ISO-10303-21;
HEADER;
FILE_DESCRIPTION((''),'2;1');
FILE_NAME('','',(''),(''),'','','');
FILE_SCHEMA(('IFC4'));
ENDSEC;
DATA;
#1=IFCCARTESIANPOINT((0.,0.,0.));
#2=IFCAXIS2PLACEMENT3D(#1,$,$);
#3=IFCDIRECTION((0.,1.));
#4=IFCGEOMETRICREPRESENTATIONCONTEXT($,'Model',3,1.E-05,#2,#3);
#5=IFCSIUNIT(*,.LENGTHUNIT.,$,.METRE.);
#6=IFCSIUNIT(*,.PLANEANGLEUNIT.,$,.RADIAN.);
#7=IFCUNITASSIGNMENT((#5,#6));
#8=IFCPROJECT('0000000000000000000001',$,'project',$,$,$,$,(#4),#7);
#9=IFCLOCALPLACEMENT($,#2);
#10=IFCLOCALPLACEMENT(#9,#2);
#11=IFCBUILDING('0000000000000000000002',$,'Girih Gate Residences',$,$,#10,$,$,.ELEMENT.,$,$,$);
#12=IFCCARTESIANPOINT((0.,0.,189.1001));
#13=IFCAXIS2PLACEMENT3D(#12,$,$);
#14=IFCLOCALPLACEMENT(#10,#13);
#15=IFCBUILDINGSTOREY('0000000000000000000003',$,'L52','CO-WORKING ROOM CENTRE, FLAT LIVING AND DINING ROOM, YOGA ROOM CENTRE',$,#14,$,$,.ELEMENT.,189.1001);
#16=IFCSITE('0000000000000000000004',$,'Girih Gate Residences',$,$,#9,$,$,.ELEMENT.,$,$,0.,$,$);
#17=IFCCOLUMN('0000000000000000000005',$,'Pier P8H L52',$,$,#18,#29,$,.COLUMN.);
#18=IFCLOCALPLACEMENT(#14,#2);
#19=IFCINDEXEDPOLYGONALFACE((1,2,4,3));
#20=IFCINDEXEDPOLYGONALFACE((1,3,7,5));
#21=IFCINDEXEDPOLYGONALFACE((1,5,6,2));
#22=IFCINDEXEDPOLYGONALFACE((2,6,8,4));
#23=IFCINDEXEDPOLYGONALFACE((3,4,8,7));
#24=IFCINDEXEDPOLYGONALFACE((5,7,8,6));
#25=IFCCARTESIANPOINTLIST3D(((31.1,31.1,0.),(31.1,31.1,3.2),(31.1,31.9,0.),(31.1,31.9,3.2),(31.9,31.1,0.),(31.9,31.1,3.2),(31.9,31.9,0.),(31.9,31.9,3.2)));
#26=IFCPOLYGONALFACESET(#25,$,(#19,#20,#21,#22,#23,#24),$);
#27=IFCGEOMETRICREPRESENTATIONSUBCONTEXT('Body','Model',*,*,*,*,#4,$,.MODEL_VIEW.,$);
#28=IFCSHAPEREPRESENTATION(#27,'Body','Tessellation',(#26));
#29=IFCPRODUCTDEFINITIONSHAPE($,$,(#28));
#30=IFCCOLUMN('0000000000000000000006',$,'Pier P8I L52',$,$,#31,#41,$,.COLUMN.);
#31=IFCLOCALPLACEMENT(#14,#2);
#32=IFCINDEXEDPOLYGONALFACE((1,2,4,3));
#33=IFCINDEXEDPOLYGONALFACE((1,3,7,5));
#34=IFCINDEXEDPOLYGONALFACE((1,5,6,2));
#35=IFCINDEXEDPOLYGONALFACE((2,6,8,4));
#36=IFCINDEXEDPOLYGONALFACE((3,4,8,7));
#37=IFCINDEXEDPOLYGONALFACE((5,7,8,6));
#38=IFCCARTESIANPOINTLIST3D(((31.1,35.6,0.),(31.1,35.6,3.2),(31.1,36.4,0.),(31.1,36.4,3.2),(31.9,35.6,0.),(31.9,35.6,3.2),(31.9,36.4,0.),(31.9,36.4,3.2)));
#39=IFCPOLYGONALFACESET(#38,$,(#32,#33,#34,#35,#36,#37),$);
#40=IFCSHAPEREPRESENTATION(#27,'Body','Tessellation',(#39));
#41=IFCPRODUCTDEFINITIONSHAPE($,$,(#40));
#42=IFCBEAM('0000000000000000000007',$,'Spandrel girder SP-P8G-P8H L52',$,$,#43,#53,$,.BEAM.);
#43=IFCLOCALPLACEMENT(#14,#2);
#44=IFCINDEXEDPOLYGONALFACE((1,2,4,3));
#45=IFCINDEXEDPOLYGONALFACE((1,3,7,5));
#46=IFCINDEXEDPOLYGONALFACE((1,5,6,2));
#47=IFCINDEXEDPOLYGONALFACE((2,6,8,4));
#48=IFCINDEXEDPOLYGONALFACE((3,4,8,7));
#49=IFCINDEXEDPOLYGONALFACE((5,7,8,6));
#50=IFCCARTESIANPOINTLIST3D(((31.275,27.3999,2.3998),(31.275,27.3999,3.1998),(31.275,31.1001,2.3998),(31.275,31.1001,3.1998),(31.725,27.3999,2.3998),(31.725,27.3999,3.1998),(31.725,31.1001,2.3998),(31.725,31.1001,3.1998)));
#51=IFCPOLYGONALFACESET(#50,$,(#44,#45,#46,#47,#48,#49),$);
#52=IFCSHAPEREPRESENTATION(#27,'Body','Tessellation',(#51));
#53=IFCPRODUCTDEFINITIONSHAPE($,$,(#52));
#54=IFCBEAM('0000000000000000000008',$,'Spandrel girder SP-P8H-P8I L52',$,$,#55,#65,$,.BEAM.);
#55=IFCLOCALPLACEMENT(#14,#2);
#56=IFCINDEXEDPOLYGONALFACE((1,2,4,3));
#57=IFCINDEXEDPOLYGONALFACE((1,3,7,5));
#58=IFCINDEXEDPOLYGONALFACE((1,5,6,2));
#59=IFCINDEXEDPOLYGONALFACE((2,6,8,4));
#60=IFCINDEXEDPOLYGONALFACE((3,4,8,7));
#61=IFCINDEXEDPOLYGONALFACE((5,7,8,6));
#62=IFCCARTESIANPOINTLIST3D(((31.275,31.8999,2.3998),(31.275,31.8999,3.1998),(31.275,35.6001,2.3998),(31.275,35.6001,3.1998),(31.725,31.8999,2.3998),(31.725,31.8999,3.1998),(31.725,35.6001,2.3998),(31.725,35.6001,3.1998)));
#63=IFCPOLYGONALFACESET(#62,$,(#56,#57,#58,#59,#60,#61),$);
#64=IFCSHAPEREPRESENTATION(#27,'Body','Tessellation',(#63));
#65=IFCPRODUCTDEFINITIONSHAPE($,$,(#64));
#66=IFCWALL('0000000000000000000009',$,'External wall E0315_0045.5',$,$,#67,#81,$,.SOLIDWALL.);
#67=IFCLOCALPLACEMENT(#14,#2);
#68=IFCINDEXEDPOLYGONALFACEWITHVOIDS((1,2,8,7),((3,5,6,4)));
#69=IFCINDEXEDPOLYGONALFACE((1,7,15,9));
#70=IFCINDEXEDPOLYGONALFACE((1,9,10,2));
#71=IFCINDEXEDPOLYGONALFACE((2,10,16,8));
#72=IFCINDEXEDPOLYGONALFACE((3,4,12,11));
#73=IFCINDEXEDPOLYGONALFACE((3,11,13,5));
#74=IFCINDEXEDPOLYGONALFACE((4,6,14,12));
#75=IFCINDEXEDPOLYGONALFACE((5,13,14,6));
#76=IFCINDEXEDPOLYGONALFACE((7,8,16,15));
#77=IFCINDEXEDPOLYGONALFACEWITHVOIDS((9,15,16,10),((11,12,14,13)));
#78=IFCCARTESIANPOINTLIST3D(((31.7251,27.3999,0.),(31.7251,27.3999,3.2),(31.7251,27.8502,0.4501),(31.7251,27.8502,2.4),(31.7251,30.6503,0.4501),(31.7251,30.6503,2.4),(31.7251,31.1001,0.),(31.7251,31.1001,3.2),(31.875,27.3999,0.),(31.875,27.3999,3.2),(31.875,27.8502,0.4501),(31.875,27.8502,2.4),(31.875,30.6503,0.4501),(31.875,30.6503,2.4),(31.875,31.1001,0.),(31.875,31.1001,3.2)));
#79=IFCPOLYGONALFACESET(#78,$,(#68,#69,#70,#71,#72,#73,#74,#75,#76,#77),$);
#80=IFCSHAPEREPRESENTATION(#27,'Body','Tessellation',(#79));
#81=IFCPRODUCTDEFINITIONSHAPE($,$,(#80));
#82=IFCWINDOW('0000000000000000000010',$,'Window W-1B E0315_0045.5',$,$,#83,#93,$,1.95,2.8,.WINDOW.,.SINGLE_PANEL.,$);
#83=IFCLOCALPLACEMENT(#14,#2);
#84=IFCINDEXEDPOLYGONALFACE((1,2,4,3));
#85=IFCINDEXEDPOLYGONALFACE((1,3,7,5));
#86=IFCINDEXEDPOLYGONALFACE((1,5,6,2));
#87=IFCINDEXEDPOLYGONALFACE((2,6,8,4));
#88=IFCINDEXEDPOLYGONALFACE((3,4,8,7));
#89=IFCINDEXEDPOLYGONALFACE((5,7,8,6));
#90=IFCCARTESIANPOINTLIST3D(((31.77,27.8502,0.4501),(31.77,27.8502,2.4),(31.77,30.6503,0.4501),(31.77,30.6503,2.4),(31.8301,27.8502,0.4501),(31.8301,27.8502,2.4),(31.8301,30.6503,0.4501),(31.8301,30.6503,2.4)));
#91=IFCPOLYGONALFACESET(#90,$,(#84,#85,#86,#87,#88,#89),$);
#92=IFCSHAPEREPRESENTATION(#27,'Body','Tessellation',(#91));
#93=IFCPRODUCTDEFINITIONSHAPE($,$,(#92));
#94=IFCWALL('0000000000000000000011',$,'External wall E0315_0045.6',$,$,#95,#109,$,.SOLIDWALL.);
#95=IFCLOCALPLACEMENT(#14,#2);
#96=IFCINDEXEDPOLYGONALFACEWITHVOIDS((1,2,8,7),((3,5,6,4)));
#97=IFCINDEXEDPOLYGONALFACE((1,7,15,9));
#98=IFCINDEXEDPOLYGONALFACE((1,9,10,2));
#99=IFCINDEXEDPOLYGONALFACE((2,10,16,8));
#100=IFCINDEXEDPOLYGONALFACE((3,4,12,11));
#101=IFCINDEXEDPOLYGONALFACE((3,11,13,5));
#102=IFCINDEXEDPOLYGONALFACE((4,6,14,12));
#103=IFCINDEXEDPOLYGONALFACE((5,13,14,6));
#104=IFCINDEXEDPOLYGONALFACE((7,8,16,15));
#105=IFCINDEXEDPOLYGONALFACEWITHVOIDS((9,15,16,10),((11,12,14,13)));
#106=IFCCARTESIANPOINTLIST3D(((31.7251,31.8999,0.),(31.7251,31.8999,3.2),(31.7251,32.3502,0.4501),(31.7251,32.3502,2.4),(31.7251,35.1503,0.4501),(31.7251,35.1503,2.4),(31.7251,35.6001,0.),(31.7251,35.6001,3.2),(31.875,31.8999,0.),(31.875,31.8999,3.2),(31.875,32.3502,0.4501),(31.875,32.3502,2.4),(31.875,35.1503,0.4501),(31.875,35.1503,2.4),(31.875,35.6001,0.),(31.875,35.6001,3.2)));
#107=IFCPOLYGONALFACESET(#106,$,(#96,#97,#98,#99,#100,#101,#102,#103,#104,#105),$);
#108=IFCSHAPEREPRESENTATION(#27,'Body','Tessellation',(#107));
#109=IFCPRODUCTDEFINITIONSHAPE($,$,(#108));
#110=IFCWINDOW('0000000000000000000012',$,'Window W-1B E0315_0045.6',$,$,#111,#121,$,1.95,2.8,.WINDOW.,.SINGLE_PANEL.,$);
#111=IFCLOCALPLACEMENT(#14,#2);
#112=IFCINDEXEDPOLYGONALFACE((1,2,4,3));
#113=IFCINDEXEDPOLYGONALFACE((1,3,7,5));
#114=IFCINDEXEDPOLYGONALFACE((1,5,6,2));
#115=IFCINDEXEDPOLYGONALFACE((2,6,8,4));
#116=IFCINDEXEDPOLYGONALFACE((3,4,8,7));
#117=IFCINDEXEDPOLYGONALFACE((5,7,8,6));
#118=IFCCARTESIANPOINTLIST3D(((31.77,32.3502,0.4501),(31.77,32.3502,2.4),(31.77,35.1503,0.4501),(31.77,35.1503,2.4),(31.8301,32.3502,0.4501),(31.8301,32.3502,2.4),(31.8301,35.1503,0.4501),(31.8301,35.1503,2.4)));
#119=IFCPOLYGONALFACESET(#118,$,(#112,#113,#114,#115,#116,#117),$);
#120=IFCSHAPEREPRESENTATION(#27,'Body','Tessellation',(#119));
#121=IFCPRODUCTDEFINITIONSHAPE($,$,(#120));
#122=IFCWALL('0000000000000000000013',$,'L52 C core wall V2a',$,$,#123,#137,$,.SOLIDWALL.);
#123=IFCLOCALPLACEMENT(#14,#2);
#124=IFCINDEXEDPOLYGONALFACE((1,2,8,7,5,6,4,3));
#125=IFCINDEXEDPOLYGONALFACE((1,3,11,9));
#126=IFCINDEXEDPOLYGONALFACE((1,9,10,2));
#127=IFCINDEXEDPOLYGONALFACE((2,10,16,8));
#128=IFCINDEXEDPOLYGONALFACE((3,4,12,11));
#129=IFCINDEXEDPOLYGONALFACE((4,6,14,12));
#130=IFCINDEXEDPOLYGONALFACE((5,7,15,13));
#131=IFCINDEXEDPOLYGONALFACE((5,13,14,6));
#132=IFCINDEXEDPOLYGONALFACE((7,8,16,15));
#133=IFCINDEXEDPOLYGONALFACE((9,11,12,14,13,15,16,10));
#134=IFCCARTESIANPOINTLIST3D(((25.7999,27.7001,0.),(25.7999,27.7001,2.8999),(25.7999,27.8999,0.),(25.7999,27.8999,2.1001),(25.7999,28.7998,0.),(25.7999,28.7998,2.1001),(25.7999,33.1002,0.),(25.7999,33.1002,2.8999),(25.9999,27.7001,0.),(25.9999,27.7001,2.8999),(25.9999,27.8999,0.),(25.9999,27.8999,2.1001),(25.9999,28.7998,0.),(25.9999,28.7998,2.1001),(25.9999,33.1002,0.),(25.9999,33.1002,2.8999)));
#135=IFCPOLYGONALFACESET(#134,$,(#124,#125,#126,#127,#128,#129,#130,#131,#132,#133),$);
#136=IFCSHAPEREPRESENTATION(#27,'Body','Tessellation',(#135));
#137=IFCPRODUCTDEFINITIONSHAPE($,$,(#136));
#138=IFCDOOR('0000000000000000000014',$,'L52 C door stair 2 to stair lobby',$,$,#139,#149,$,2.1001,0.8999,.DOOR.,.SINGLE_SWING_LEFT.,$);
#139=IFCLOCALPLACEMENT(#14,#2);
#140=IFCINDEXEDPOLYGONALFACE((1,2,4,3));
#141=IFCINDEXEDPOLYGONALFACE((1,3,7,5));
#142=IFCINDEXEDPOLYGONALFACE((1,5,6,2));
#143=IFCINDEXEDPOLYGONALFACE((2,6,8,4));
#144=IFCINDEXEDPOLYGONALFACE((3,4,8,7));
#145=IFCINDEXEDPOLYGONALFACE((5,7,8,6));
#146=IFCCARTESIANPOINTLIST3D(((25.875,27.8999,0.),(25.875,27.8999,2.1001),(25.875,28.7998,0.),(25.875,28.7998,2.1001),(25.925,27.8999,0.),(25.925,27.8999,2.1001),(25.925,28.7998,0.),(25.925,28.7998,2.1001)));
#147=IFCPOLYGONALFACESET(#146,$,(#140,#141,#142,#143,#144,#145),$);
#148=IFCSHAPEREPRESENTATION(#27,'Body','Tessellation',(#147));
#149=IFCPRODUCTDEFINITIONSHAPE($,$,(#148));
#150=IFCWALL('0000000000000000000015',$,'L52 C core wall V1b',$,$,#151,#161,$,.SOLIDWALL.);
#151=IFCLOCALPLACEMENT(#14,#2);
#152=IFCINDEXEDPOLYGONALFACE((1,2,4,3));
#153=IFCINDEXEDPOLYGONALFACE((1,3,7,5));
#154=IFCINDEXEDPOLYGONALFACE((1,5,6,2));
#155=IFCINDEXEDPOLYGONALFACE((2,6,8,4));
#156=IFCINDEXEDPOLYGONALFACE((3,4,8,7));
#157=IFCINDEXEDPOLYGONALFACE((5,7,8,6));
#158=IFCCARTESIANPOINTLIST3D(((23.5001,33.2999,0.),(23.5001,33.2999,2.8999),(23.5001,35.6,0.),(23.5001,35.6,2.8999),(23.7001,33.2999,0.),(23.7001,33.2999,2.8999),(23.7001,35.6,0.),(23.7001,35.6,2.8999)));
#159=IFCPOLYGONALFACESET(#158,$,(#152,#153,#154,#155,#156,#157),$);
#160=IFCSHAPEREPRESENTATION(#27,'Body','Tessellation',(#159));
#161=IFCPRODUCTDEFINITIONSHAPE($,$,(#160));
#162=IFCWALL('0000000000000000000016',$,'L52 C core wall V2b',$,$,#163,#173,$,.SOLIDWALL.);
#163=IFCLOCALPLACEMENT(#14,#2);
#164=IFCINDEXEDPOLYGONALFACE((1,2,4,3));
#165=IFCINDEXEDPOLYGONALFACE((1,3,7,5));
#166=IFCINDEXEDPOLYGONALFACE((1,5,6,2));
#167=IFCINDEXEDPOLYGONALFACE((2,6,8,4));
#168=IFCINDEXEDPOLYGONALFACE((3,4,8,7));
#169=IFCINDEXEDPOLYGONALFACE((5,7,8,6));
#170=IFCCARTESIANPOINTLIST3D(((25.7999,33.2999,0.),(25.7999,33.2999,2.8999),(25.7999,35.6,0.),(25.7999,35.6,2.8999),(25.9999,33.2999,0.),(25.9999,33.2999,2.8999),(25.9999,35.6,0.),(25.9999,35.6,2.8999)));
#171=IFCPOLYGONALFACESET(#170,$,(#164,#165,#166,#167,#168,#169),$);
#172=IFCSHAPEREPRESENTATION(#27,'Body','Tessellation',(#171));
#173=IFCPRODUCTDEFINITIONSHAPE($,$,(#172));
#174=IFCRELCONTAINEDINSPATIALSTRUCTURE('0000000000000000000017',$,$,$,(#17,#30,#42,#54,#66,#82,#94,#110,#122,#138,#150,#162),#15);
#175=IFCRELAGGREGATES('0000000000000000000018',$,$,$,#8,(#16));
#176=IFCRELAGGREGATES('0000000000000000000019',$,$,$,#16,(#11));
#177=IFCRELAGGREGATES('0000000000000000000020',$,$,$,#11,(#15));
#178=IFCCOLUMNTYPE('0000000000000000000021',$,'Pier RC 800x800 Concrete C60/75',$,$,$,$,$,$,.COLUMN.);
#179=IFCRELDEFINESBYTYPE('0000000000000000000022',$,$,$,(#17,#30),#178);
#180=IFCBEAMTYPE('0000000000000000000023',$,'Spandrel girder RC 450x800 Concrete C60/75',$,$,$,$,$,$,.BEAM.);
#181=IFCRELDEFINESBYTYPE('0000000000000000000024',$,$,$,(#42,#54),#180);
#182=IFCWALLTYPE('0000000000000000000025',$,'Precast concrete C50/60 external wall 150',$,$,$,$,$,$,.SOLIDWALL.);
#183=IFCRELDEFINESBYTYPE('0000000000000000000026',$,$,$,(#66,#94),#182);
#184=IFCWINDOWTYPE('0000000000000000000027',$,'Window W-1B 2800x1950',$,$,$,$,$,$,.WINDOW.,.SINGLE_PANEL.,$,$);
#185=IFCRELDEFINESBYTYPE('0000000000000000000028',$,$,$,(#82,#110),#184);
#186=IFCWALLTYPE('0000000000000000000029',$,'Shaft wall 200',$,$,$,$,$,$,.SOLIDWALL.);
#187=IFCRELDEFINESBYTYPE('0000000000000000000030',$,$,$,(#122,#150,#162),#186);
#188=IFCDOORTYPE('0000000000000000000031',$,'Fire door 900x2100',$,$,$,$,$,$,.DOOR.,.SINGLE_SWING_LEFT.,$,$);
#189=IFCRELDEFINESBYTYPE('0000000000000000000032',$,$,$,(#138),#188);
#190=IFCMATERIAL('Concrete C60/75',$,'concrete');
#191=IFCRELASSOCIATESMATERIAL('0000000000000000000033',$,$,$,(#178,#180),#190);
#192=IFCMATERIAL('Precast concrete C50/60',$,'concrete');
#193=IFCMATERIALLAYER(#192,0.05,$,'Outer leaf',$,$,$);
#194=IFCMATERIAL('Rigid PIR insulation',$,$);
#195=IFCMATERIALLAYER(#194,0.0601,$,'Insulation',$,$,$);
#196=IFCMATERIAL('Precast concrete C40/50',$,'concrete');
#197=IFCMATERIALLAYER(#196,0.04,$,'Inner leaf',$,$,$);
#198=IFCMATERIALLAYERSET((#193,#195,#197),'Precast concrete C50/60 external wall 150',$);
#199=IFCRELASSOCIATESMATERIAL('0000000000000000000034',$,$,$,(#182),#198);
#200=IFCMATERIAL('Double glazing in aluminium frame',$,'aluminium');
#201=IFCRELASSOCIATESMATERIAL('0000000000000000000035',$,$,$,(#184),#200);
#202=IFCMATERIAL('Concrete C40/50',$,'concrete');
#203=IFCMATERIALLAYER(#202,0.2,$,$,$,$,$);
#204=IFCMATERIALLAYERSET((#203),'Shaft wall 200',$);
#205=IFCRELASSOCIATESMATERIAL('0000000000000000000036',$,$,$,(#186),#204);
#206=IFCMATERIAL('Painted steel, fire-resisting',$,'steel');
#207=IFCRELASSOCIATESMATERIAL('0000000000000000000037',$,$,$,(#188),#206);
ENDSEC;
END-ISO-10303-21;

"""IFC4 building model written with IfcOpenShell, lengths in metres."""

from ifc_helpers import new_model, si_unit, direction, frame, frame_2d, origin, origin_2d, place, context, subcontext, project, spatial, rectangle, extrude, material, layer, layer_set, material_profile, profile_set, type_object, element, fill, save


model = new_model("IFC4")

# Units and contexts
model_context = context("Model", 3, precision=1e-05, world=origin(), true_north=direction((0.0, 1.0)))
body_context = subcontext(model_context, "Body", "Model", "MODEL_VIEW")
ifc_project = project(units=[si_unit("LENGTHUNIT", "METRE"), si_unit("PLANEANGLEUNIT", "RADIAN")], contexts=[model_context])

# Site, building, storey
site_placement = place(None, origin())
site = spatial("IfcSite", under=ifc_project, at=site_placement, Name="Girih Gate Residences", CompositionType="ELEMENT", RefElevation=0.0)
building_placement = place(site_placement, origin())
building = spatial("IfcBuilding", under=site, at=building_placement, Name="Girih Gate Residences", CompositionType="ELEMENT")
storey_placement = place(building_placement, frame((0.0, 0.0, 189.1001)))
storey = spatial("IfcBuildingStorey", under=building, at=storey_placement, Name="L52", Description="CO-WORKING ROOM CENTRE, FLAT LIVING AND DINING ROOM, YOGA ROOM CENTRE", CompositionType="ELEMENT", Elevation=189.1001)

# Columns
ifc_material_1 = material(Name="Concrete C60/75", Category="concrete")
ifc_material_profile_1 = material_profile(ifc_material_1, rectangle(XDim=0.8, YDim=0.8, at=origin_2d()))
ifc_profile_set_1 = profile_set([ifc_material_profile_1], Name="Concrete C60/75")
column_type = type_object("IfcColumnType", Name="Pier RC 800x800 Concrete C60/75", PredefinedType="COLUMN", material=ifc_profile_set_1)
for number, where, z_axis, x_axis, name in (
    (1, (31.5, 31.5, 0.0), (0.0, 0.0, 1.0), (1.0, 0.0, 0.0), "Pier P8H L52"),
    (2, (31.5, 36.0, 0.0), (0.0, 0.0, 1.0), (1.0, 0.0, 0.0), "Pier P8I L52"),
):
    element("IfcColumn", number, at=place(storey_placement, frame(where, z_axis=z_axis, x_axis=x_axis)), inside=storey, type_object=column_type, Name=name, PredefinedType="COLUMN", context=body_context, shape_type="SweptSolid", body=[
        extrude(rectangle(XDim=0.8, YDim=0.8, at=origin_2d()), origin(), (0.0, 0.0, 1.0), 3.2),
    ])

# Beams
ifc_material_profile_2 = material_profile(ifc_material_1, rectangle(XDim=0.45, YDim=0.8, at=origin_2d()))
ifc_profile_set_2 = profile_set([ifc_material_profile_2], Name="Concrete C60/75")
beam_type = type_object("IfcBeamType", Name="Spandrel girder RC 450x800 Concrete C60/75", PredefinedType="BEAM", material=ifc_profile_set_2)
for number, where, z_axis, x_axis, name in (
    (3, (31.5, 27.3999, 2.7998), (0.0, 1.0, 0.0), (-1.0, 0.0, 0.0), "Spandrel girder SP-P8G-P8H L52"),
    (4, (31.5, 31.8999, 2.7998), (0.0, 1.0, 0.0), (-1.0, 0.0, 0.0), "Spandrel girder SP-P8H-P8I L52"),
):
    element("IfcBeam", number, at=place(storey_placement, frame(where, z_axis=z_axis, x_axis=x_axis)), inside=storey, type_object=beam_type, Name=name, PredefinedType="BEAM", context=body_context, shape_type="SweptSolid", body=[
        extrude(rectangle(XDim=0.45, YDim=0.8, at=origin_2d()), origin(), (0.0, 0.0, 1.0), 3.7002),
    ])

# Walls, openings, windows
ifc_material_2 = material(Name="Precast concrete C50/60", Category="concrete")
ifc_layer_1 = layer(ifc_material_2, 0.05, Name="Outer leaf")
ifc_material_3 = material(Name="Rigid PIR insulation")
ifc_layer_2 = layer(ifc_material_3, 0.0601, Name="Insulation")
ifc_material_4 = material(Name="Precast concrete C40/50", Category="concrete")
ifc_layer_3 = layer(ifc_material_4, 0.04, Name="Inner leaf")
ifc_layer_set_1 = layer_set([ifc_layer_1, ifc_layer_2, ifc_layer_3], Name="Precast concrete C50/60 external wall 150")
wall_type_1 = type_object("IfcWallType", Name="Precast concrete C50/60 external wall 150", PredefinedType="SOLIDWALL", material=ifc_layer_set_1)
wall_1_placement = place(storey_placement, frame((31.8, 31.1001, 0.0), z_axis=(0.0, 0.0, 1.0), x_axis=(0.0, -1.0, 0.0)))
wall_1 = element("IfcWall", 5, at=wall_1_placement, inside=storey, type_object=wall_type_1, Name="External wall E0315_0045.5", PredefinedType="SOLIDWALL", context=body_context, shape_type="SweptSolid", body=[
    extrude(rectangle(XDim=3.7002, YDim=0.1499, at=frame_2d((1.8501, 0.0))), origin(), (0.0, 0.0, 1.0), 3.2),
])
opening_1_placement = place(wall_1_placement, frame((0.45, 0.0, 0.45)))
opening_1 = element("IfcOpeningElement", 6, at=opening_1_placement, cuts=wall_1, PredefinedType="OPENING", context=body_context, shape_type="SweptSolid", body=[
    extrude(rectangle(XDim=2.8, YDim=1.95, at=frame_2d((1.3999, 0.9751))), frame((0.0, 0.085, 0.0), z_axis=(0.0, -1.0, 0.0), x_axis=(1.0, 0.0, 0.0)), (0.0, 0.0, 1.0), 0.1699),
])
ifc_material_5 = material(Name="Double glazing in aluminium frame", Category="aluminium")
window_type = type_object("IfcWindowType", Name="Window W-1B 2800x1950", PartitioningType="SINGLE_PANEL", PredefinedType="WINDOW", material=ifc_material_5)
window_1_placement = place(opening_1_placement, origin())
window_1 = element("IfcWindow", 7, at=window_1_placement, inside=storey, type_object=window_type, Name="Window W-1B E0315_0045.5", OverallHeight=1.95, OverallWidth=2.8, PartitioningType="SINGLE_PANEL", PredefinedType="WINDOW", context=body_context, shape_type="SweptSolid", body=[
    extrude(rectangle(XDim=2.8, YDim=1.95, at=frame_2d((1.3999, 0.9751))), frame((0.0, 0.03, 0.0), z_axis=(0.0, -1.0, 0.0), x_axis=(1.0, 0.0, 0.0)), (0.0, 0.0, 1.0), 0.0601),
])
fill(opening_1, window_1)
wall_2_placement = place(storey_placement, frame((31.8, 35.6001, 0.0), z_axis=(0.0, 0.0, 1.0), x_axis=(0.0, -1.0, 0.0)))
wall_2 = element("IfcWall", 8, at=wall_2_placement, inside=storey, type_object=wall_type_1, Name="External wall E0315_0045.6", PredefinedType="SOLIDWALL", context=body_context, shape_type="SweptSolid", body=[
    extrude(rectangle(XDim=3.7002, YDim=0.1499, at=frame_2d((1.8501, 0.0))), origin(), (0.0, 0.0, 1.0), 3.2),
])
opening_2_placement = place(wall_2_placement, frame((0.45, 0.0, 0.45)))
opening_2 = element("IfcOpeningElement", 9, at=opening_2_placement, cuts=wall_2, PredefinedType="OPENING", context=body_context, shape_type="SweptSolid", body=[
    extrude(rectangle(XDim=2.8, YDim=1.95, at=frame_2d((1.3999, 0.9751))), frame((0.0, 0.085, 0.0), z_axis=(0.0, -1.0, 0.0), x_axis=(1.0, 0.0, 0.0)), (0.0, 0.0, 1.0), 0.1699),
])
window_2_placement = place(opening_2_placement, origin())
window_2 = element("IfcWindow", 10, at=window_2_placement, inside=storey, type_object=window_type, Name="Window W-1B E0315_0045.6", OverallHeight=1.95, OverallWidth=2.8, PartitioningType="SINGLE_PANEL", PredefinedType="WINDOW", context=body_context, shape_type="SweptSolid", body=[
    extrude(rectangle(XDim=2.8, YDim=1.95, at=frame_2d((1.3999, 0.9751))), frame((0.0, 0.03, 0.0), z_axis=(0.0, -1.0, 0.0), x_axis=(1.0, 0.0, 0.0)), (0.0, 0.0, 1.0), 0.0601),
])
fill(opening_2, window_2)

# Wall, opening, door
ifc_material_6 = material(Name="Concrete C40/50", Category="concrete")
ifc_layer_4 = layer(ifc_material_6, 0.2)
ifc_layer_set_2 = layer_set([ifc_layer_4], Name="Shaft wall 200")
wall_type_2 = type_object("IfcWallType", Name="Shaft wall 200", PredefinedType="SOLIDWALL", material=ifc_layer_set_2)
wall_3_placement = place(storey_placement, frame((25.8999, 27.7, 0.0), z_axis=(0.0, 0.0, 1.0), x_axis=(0.0, 1.0, 0.0)))
wall_3 = element("IfcWall", 11, at=wall_3_placement, inside=storey, type_object=wall_type_2, Name="L52 C core wall V2a", PredefinedType="SOLIDWALL", context=body_context, shape_type="SweptSolid", body=[
    extrude(rectangle(XDim=5.4001, YDim=0.2, at=frame_2d((2.7002, 0.0))), origin(), (0.0, 0.0, 1.0), 2.8999),
])
opening_3_placement = place(wall_3_placement, frame((0.2, 0.0, 0.0)))
opening_3 = element("IfcOpeningElement", 12, at=opening_3_placement, cuts=wall_3, PredefinedType="OPENING", context=body_context, shape_type="SweptSolid", body=[
    extrude(rectangle(XDim=0.8999, YDim=2.1001, at=frame_2d((0.45, 1.05))), frame((0.0, 0.1099, 0.0), z_axis=(0.0, -1.0, 0.0), x_axis=(1.0, 0.0, 0.0)), (0.0, 0.0, 1.0), 0.22),
])
ifc_material_7 = material(Name="Painted steel, fire-resisting", Category="steel")
door_type_1 = type_object("IfcDoorType", Name="Fire door 900x2100", OperationType="SINGLE_SWING_LEFT", PredefinedType="DOOR", material=ifc_material_7)
door_1_placement = place(opening_3_placement, origin())
door_1 = element("IfcDoor", 13, at=door_1_placement, inside=storey, type_object=door_type_1, Name="L52 C door stair 2 to stair lobby", OperationType="SINGLE_SWING_LEFT", OverallHeight=2.1001, OverallWidth=0.8999, PredefinedType="DOOR", context=body_context, shape_type="SweptSolid", body=[
    extrude(rectangle(XDim=0.8999, YDim=2.1001, at=frame_2d((0.45, 1.05))), frame((0.0, 0.0249, 0.0), z_axis=(0.0, -1.0, 0.0), x_axis=(1.0, 0.0, 0.0)), (0.0, 0.0, 1.0), 0.05),
])
fill(opening_3, door_1)

# Walls
for number, where, z_axis, x_axis, name in (
    (14, (23.6001, 33.3, 0.0), (0.0, 0.0, 1.0), (0.0, 1.0, 0.0), "L52 C core wall V1b"),
    (15, (25.8999, 33.3, 0.0), (0.0, 0.0, 1.0), (0.0, 1.0, 0.0), "L52 C core wall V2b"),
):
    element("IfcWall", number, at=place(storey_placement, frame(where, z_axis=z_axis, x_axis=x_axis)), inside=storey, type_object=wall_type_2, Name=name, PredefinedType="SOLIDWALL", context=body_context, shape_type="SweptSolid", body=[
        extrude(rectangle(XDim=2.3, YDim=0.2, at=frame_2d((1.1499, 0.0))), origin(), (0.0, 0.0, 1.0), 2.8999),
    ])

save(model, "model.ifc")
